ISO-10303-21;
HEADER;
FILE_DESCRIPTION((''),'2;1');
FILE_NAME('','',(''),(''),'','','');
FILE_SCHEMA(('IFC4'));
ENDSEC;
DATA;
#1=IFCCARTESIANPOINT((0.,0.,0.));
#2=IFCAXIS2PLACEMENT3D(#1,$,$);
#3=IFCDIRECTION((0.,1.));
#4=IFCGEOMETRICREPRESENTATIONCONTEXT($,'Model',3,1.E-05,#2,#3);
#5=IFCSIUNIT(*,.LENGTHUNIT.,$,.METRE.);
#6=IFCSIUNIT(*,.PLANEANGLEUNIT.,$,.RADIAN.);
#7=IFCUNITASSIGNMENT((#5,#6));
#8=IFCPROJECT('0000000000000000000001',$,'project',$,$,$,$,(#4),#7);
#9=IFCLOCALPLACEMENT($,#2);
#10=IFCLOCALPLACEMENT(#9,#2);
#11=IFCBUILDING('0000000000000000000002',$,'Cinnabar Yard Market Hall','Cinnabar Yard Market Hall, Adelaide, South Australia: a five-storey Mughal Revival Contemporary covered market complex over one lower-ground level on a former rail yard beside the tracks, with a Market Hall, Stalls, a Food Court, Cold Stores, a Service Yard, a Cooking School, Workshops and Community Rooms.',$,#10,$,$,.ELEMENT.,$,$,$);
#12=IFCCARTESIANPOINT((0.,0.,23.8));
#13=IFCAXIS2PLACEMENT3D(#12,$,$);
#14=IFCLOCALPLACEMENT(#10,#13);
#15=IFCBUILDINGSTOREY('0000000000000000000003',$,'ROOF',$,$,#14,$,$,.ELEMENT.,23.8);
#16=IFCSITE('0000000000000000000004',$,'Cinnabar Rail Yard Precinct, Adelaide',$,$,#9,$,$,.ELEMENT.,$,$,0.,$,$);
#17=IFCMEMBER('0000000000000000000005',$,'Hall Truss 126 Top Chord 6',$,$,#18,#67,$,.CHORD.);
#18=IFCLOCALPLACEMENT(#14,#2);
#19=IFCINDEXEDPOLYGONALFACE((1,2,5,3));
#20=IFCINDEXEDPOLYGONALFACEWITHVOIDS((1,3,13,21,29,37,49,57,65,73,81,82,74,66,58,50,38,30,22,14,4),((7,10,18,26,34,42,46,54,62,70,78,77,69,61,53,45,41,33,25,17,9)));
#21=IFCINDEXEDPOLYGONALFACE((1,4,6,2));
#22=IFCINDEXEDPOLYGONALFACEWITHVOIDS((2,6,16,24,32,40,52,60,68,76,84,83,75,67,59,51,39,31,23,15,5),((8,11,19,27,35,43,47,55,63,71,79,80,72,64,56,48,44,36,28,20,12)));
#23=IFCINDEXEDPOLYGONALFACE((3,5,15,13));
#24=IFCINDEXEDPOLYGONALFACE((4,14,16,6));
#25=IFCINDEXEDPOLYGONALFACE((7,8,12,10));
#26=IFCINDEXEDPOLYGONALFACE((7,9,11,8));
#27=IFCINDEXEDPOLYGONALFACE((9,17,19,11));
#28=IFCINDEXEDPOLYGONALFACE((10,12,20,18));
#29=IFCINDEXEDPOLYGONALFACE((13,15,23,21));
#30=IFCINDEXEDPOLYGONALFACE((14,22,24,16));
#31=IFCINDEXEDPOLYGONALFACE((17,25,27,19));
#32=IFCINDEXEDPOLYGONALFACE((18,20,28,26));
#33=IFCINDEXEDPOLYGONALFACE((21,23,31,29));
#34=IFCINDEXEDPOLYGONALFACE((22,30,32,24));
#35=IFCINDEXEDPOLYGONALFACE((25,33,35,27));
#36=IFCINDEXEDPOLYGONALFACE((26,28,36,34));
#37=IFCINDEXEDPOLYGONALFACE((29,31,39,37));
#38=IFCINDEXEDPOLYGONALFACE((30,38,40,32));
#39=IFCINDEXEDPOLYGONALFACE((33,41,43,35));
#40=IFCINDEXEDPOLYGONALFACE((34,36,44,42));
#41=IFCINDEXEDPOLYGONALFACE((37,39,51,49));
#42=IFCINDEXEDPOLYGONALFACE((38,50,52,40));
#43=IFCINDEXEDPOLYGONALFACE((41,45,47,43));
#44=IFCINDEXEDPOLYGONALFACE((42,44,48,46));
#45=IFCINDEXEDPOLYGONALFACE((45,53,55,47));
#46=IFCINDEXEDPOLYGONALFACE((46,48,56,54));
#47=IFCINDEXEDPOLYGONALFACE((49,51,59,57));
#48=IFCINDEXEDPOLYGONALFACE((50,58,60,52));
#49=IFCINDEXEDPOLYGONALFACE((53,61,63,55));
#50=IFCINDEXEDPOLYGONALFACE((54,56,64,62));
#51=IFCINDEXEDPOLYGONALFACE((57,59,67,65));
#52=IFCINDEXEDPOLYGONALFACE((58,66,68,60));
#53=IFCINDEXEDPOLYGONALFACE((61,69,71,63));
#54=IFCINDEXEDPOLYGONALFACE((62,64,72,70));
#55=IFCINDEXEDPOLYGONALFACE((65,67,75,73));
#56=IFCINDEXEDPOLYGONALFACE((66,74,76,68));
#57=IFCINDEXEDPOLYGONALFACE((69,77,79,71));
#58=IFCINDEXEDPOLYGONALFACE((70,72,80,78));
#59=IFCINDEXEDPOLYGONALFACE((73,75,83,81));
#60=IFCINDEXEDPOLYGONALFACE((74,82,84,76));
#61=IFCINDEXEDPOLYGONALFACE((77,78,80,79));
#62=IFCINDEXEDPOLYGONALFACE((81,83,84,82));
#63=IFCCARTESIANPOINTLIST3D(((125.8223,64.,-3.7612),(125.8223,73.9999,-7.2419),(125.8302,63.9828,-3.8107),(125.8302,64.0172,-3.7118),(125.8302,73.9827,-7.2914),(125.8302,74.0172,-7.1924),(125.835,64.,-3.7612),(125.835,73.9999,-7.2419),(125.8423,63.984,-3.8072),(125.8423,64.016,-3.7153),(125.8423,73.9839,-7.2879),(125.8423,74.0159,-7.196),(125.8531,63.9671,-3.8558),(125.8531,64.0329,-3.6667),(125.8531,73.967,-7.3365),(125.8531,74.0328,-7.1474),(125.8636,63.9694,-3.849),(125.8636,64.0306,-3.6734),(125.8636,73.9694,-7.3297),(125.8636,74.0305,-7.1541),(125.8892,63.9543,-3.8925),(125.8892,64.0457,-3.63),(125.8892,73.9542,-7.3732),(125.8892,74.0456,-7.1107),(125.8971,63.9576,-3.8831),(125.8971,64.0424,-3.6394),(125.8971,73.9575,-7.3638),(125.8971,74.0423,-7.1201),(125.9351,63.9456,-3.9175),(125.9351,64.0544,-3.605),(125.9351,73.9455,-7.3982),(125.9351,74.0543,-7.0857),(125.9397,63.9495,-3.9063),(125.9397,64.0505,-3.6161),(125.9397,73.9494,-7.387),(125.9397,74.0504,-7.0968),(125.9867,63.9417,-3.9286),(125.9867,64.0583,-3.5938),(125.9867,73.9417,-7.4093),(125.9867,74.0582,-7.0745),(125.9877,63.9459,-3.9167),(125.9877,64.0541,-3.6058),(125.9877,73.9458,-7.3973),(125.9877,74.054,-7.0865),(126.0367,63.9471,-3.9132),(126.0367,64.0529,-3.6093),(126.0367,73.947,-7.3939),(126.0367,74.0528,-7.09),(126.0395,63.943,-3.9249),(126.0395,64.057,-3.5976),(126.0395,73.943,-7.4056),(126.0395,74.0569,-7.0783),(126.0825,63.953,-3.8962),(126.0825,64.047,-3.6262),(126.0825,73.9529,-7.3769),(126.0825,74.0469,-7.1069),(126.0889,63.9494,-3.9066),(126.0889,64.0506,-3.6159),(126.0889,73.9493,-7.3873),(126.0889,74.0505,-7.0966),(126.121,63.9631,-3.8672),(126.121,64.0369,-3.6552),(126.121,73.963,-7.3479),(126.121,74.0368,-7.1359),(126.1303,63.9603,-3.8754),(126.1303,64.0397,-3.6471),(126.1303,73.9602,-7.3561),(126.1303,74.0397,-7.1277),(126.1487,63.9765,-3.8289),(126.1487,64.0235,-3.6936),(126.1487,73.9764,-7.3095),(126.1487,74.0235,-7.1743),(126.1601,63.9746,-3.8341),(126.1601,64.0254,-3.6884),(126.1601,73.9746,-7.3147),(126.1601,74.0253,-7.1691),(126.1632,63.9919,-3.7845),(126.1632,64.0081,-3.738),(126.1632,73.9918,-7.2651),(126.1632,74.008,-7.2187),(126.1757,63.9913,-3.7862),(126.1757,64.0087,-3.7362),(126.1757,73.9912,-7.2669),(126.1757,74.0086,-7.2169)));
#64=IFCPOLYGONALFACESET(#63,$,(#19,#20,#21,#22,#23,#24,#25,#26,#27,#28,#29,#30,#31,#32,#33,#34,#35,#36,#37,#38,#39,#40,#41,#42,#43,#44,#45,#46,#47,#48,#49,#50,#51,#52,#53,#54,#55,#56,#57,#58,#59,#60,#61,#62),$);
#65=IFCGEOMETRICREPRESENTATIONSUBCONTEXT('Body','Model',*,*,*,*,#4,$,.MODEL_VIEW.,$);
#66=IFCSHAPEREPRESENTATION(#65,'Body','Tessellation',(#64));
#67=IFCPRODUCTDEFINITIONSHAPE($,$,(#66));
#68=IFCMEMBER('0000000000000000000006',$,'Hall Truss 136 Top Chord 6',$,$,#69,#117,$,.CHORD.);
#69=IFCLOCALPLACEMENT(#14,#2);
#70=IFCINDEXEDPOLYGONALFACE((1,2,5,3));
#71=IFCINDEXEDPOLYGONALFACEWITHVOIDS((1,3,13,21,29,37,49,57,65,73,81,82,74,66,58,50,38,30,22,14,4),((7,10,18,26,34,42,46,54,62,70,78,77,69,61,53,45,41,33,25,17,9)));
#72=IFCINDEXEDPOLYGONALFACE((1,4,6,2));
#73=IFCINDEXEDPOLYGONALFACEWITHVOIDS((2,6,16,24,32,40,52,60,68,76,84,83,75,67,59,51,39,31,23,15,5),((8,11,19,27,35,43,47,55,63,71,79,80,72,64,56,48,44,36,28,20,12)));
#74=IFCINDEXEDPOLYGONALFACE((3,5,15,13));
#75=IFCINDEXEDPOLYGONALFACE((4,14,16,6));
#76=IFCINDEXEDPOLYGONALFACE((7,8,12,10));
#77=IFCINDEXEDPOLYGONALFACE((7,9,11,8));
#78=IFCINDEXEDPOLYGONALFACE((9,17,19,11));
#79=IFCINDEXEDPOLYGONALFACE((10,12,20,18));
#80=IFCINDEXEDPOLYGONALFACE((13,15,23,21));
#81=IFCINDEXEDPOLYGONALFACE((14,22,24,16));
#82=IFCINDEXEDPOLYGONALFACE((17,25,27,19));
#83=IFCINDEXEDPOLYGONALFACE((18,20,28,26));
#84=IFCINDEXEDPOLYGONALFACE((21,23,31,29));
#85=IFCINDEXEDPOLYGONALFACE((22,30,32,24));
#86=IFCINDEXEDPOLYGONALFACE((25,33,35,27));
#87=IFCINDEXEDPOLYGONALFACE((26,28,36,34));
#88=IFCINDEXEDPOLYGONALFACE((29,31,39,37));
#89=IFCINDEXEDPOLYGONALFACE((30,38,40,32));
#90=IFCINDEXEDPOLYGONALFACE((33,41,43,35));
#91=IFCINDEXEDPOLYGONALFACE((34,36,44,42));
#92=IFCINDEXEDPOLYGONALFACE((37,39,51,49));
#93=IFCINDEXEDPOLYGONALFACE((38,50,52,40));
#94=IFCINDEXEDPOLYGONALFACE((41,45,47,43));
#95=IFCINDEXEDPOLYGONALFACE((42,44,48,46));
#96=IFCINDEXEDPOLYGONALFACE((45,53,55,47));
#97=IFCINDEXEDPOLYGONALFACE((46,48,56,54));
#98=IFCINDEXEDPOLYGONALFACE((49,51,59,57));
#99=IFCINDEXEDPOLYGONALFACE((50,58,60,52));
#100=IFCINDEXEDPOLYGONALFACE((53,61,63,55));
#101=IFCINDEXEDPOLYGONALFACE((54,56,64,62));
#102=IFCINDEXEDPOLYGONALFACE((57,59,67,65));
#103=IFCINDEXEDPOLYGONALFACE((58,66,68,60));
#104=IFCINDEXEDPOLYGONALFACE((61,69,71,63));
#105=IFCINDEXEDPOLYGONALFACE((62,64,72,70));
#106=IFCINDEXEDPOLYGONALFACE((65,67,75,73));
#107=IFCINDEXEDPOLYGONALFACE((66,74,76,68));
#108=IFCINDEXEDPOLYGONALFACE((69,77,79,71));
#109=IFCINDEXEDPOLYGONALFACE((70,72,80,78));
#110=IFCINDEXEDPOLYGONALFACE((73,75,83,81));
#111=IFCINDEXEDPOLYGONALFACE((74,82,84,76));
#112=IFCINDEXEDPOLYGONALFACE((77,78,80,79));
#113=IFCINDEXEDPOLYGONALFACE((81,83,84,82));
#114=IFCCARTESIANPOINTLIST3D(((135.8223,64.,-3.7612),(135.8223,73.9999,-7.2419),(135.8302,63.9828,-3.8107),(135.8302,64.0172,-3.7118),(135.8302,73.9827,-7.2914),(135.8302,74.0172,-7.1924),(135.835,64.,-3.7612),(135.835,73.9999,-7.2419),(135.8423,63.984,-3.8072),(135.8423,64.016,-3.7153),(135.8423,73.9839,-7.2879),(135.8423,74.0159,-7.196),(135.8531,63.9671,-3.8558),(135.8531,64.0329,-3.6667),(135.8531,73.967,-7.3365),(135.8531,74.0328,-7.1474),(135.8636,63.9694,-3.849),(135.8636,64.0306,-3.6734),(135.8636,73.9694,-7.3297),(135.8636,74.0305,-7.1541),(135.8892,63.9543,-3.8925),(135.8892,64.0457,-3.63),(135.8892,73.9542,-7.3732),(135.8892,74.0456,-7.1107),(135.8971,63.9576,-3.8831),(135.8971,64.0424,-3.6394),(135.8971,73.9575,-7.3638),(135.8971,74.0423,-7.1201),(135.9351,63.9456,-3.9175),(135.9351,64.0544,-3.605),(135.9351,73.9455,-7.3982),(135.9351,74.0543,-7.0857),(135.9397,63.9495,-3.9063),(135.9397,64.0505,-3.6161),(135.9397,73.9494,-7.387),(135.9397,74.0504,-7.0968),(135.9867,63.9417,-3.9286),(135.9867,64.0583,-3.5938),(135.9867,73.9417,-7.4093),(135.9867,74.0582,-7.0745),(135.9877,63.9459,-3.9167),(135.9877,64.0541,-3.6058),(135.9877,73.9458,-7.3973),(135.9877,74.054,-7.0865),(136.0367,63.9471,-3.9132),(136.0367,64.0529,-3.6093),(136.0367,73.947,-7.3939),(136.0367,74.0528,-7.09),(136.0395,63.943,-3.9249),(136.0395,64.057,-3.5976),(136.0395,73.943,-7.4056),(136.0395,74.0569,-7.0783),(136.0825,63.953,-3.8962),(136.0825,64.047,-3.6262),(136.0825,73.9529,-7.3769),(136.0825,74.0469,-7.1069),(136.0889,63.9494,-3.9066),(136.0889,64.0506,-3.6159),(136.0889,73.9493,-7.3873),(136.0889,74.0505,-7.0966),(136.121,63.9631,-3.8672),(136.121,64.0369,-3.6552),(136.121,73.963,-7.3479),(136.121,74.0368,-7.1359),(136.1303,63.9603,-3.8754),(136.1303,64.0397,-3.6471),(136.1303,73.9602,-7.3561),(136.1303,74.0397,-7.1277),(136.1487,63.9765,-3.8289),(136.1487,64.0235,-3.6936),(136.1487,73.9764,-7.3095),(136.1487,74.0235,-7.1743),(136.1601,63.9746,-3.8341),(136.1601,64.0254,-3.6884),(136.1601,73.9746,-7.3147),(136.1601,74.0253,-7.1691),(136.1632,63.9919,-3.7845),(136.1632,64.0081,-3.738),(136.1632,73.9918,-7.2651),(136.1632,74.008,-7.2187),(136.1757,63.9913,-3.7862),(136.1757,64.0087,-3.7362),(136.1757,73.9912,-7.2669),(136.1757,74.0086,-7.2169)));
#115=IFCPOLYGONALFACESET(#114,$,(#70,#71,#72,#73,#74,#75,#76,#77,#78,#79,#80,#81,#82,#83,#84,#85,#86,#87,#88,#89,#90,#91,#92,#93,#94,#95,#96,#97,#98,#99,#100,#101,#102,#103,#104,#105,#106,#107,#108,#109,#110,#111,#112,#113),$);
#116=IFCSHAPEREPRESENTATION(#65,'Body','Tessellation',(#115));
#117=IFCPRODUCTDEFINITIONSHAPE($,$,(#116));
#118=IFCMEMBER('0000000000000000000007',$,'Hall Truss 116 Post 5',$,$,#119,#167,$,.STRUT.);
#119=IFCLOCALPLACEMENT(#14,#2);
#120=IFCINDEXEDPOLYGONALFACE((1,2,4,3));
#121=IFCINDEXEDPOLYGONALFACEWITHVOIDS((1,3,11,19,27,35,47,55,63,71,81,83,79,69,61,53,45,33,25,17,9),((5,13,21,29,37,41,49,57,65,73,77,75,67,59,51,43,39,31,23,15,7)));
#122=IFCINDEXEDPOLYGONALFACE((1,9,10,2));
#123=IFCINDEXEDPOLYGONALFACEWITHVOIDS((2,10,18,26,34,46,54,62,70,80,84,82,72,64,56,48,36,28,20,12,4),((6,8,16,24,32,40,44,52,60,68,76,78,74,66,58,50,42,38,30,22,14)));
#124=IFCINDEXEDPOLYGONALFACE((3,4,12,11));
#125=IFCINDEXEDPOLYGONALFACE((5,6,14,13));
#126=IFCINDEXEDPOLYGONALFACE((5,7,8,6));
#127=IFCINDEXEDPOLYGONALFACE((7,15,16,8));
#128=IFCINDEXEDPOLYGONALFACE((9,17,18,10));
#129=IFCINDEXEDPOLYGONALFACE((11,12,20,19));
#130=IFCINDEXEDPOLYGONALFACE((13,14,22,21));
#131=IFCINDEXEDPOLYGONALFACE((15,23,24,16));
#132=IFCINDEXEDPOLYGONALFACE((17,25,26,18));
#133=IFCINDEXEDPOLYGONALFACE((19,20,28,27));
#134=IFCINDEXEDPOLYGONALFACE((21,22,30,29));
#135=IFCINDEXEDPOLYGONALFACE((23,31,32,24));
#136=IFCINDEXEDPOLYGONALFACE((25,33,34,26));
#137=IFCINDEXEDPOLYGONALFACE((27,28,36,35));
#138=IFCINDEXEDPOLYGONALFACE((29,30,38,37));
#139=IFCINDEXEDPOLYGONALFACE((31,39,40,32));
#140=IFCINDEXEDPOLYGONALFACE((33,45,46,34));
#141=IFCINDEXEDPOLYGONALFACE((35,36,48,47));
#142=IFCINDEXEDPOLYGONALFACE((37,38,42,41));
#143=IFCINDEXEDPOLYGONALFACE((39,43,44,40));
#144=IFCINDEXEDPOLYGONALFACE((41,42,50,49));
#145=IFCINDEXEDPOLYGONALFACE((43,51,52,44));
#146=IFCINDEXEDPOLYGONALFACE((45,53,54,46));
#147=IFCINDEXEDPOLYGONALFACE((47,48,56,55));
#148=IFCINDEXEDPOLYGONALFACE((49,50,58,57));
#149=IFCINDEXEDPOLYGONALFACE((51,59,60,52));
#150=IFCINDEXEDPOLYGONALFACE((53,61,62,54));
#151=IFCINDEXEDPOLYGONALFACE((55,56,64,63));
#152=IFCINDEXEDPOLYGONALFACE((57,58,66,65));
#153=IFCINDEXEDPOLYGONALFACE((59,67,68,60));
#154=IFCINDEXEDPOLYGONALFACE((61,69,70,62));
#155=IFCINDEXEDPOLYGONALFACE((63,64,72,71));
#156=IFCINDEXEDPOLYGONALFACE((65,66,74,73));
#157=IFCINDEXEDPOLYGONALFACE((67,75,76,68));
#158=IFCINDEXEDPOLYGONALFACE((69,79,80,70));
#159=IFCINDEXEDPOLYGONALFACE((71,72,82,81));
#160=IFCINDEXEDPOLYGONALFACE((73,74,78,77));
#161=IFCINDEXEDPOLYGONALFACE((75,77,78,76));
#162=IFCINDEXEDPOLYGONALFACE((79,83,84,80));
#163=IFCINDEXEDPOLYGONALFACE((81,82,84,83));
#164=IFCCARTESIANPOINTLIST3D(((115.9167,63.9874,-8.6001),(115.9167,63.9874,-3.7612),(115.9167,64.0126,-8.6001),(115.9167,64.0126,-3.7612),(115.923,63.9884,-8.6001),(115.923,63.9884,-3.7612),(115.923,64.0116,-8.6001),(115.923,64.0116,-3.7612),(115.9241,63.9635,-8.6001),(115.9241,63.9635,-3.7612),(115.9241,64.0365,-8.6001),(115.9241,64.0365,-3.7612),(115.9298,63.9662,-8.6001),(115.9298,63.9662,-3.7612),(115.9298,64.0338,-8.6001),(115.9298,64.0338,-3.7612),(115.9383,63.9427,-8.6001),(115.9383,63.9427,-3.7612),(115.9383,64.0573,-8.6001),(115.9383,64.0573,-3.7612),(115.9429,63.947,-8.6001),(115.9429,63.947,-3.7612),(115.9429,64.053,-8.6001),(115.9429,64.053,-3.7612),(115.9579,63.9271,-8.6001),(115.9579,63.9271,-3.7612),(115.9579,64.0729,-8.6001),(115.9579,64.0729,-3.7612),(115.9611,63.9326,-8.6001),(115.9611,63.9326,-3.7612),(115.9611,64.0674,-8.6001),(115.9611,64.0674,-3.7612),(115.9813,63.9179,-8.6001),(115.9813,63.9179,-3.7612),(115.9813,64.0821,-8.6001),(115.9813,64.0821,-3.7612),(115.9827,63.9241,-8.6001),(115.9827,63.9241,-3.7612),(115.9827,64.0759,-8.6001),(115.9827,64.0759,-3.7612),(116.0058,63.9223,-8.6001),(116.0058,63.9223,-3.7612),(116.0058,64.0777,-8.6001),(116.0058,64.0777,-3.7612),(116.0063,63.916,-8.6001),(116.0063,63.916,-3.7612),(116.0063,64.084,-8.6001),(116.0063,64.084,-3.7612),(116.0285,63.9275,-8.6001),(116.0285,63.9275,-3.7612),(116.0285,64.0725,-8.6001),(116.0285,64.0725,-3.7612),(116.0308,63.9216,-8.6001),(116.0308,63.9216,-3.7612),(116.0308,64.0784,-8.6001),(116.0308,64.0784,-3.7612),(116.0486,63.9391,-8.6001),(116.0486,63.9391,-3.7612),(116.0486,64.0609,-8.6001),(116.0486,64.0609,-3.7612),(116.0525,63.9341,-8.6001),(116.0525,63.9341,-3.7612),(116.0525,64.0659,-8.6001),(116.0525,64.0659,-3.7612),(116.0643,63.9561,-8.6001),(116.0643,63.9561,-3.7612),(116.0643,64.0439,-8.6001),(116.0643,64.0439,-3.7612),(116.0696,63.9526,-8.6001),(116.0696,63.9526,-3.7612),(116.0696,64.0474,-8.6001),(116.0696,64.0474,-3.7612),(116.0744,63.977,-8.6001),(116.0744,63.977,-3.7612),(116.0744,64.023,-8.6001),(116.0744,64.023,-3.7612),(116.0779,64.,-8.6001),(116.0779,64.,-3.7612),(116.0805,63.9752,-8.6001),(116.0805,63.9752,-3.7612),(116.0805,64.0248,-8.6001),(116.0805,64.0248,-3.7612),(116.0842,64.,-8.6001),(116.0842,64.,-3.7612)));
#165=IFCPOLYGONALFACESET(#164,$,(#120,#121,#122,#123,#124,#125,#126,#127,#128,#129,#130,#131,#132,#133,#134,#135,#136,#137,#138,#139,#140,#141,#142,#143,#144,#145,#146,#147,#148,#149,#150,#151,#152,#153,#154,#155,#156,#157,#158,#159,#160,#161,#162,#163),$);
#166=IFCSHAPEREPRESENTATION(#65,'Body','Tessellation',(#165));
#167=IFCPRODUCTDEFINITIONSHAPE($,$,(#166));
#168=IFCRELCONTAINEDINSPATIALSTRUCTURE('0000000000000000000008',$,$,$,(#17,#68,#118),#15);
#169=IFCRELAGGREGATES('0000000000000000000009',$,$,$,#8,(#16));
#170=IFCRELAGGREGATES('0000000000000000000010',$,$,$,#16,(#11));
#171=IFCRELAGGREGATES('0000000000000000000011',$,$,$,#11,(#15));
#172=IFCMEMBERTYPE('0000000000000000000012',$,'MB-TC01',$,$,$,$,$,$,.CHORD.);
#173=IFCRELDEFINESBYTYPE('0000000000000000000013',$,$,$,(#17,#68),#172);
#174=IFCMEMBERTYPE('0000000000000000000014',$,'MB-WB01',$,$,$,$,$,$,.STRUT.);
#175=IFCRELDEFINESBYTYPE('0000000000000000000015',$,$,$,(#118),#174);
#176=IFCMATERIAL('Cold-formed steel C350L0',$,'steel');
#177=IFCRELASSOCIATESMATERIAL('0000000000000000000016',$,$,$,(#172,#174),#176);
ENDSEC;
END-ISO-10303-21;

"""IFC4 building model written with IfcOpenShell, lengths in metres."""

from ifc_helpers import new_model, si_unit, direction, frame, origin, origin_2d_with_axis, place, context, subcontext, project, spatial, hollow_circle, extrude, material, material_profile, profile_set, type_object, element, save


model = new_model("IFC4")

# Units and contexts
model_context = context("Model", 3, precision=1e-05, world=origin(), true_north=direction((0.0, 1.0)))
body_context = subcontext(model_context, "Body", "Model", "MODEL_VIEW")
ifc_project = project(units=[si_unit("LENGTHUNIT", "METRE"), si_unit("PLANEANGLEUNIT", "RADIAN")], contexts=[model_context])

# Site, building, storey
site_placement = place(None, origin())
site = spatial("IfcSite", under=ifc_project, at=site_placement, Name="Cinnabar Rail Yard Precinct, Adelaide", CompositionType="ELEMENT", RefElevation=0.0)
building_placement = place(site_placement, origin())
building = spatial("IfcBuilding", under=site, at=building_placement, Name="Cinnabar Yard Market Hall", Description="Cinnabar Yard Market Hall, Adelaide, South Australia: a five-storey Mughal Revival Contemporary covered market complex over one lower-ground level on a former rail yard beside the tracks, with a Market Hall, Stalls, a Food Court, Cold Stores, a Service Yard, a Cooking School, Workshops and Community Rooms.", CompositionType="ELEMENT")
storey_placement = place(building_placement, frame((0.0, 0.0, 23.8)))
storey = spatial("IfcBuildingStorey", under=building, at=storey_placement, Name="ROOF", CompositionType="ELEMENT", Elevation=23.8)

# Members
ifc_material_1 = material(Name="Cold-formed steel C350L0", Category="steel")
ifc_material_profile_1 = material_profile(ifc_material_1, hollow_circle(Radius=0.1777, WallThickness=0.0127, at=origin_2d_with_axis()), Name="355.6x12.7CHS")
ifc_profile_set_1 = profile_set([ifc_material_profile_1], Name="Cold-formed steel C350L0")
member_type_1 = type_object("IfcMemberType", Name="MB-TC01", PredefinedType="CHORD", material=ifc_profile_set_1)
for number, where, z_axis, x_axis, name in (
    (1, (126.0, 64.0, -3.7612), (0.0, 0.944425, -0.328727), (-1.0, 0.0, 0.0), "Hall Truss 126 Top Chord 6"),
    (2, (136.0, 64.0, -3.7612), (0.0, 0.944425, -0.328727), (-1.0, 0.0, 0.0), "Hall Truss 136 Top Chord 6"),
):
    element("IfcMember", number, at=place(storey_placement, frame(where, z_axis=z_axis, x_axis=x_axis)), inside=storey, type_object=member_type_1, Name=name, PredefinedType="CHORD", context=body_context, shape_type="SweptSolid", body=[
        extrude(hollow_circle(Radius=0.1777, WallThickness=0.0127, at=origin_2d_with_axis()), origin(), (0.0, 0.0, 1.0), 10.5884),
    ])
ifc_material_profile_2 = material_profile(ifc_material_1, hollow_circle(Radius=0.0842, WallThickness=0.0063, at=origin_2d_with_axis()), Name="168.3x6.4CHS")
ifc_profile_set_2 = profile_set([ifc_material_profile_2], Name="Cold-formed steel C350L0")
member_type_2 = type_object("IfcMemberType", Name="MB-WB01", PredefinedType="STRUT", material=ifc_profile_set_2)
for number, where, z_axis, x_axis, name in (
    (3, (116.0, 64.0, -8.6001), (0.0, 0.0, 1.0), (1.0, 0.0, 0.0), "Hall Truss 116 Post 5"),
):
    element("IfcMember", number, at=place(storey_placement, frame(where, z_axis=z_axis, x_axis=x_axis)), inside=storey, type_object=member_type_2, Name=name, PredefinedType="STRUT", context=body_context, shape_type="SweptSolid", body=[
        extrude(hollow_circle(Radius=0.0842, WallThickness=0.0063, at=origin_2d_with_axis()), origin(), (0.0, 0.0, 1.0), 4.8389),
    ])

save(model, "model.ifc")
